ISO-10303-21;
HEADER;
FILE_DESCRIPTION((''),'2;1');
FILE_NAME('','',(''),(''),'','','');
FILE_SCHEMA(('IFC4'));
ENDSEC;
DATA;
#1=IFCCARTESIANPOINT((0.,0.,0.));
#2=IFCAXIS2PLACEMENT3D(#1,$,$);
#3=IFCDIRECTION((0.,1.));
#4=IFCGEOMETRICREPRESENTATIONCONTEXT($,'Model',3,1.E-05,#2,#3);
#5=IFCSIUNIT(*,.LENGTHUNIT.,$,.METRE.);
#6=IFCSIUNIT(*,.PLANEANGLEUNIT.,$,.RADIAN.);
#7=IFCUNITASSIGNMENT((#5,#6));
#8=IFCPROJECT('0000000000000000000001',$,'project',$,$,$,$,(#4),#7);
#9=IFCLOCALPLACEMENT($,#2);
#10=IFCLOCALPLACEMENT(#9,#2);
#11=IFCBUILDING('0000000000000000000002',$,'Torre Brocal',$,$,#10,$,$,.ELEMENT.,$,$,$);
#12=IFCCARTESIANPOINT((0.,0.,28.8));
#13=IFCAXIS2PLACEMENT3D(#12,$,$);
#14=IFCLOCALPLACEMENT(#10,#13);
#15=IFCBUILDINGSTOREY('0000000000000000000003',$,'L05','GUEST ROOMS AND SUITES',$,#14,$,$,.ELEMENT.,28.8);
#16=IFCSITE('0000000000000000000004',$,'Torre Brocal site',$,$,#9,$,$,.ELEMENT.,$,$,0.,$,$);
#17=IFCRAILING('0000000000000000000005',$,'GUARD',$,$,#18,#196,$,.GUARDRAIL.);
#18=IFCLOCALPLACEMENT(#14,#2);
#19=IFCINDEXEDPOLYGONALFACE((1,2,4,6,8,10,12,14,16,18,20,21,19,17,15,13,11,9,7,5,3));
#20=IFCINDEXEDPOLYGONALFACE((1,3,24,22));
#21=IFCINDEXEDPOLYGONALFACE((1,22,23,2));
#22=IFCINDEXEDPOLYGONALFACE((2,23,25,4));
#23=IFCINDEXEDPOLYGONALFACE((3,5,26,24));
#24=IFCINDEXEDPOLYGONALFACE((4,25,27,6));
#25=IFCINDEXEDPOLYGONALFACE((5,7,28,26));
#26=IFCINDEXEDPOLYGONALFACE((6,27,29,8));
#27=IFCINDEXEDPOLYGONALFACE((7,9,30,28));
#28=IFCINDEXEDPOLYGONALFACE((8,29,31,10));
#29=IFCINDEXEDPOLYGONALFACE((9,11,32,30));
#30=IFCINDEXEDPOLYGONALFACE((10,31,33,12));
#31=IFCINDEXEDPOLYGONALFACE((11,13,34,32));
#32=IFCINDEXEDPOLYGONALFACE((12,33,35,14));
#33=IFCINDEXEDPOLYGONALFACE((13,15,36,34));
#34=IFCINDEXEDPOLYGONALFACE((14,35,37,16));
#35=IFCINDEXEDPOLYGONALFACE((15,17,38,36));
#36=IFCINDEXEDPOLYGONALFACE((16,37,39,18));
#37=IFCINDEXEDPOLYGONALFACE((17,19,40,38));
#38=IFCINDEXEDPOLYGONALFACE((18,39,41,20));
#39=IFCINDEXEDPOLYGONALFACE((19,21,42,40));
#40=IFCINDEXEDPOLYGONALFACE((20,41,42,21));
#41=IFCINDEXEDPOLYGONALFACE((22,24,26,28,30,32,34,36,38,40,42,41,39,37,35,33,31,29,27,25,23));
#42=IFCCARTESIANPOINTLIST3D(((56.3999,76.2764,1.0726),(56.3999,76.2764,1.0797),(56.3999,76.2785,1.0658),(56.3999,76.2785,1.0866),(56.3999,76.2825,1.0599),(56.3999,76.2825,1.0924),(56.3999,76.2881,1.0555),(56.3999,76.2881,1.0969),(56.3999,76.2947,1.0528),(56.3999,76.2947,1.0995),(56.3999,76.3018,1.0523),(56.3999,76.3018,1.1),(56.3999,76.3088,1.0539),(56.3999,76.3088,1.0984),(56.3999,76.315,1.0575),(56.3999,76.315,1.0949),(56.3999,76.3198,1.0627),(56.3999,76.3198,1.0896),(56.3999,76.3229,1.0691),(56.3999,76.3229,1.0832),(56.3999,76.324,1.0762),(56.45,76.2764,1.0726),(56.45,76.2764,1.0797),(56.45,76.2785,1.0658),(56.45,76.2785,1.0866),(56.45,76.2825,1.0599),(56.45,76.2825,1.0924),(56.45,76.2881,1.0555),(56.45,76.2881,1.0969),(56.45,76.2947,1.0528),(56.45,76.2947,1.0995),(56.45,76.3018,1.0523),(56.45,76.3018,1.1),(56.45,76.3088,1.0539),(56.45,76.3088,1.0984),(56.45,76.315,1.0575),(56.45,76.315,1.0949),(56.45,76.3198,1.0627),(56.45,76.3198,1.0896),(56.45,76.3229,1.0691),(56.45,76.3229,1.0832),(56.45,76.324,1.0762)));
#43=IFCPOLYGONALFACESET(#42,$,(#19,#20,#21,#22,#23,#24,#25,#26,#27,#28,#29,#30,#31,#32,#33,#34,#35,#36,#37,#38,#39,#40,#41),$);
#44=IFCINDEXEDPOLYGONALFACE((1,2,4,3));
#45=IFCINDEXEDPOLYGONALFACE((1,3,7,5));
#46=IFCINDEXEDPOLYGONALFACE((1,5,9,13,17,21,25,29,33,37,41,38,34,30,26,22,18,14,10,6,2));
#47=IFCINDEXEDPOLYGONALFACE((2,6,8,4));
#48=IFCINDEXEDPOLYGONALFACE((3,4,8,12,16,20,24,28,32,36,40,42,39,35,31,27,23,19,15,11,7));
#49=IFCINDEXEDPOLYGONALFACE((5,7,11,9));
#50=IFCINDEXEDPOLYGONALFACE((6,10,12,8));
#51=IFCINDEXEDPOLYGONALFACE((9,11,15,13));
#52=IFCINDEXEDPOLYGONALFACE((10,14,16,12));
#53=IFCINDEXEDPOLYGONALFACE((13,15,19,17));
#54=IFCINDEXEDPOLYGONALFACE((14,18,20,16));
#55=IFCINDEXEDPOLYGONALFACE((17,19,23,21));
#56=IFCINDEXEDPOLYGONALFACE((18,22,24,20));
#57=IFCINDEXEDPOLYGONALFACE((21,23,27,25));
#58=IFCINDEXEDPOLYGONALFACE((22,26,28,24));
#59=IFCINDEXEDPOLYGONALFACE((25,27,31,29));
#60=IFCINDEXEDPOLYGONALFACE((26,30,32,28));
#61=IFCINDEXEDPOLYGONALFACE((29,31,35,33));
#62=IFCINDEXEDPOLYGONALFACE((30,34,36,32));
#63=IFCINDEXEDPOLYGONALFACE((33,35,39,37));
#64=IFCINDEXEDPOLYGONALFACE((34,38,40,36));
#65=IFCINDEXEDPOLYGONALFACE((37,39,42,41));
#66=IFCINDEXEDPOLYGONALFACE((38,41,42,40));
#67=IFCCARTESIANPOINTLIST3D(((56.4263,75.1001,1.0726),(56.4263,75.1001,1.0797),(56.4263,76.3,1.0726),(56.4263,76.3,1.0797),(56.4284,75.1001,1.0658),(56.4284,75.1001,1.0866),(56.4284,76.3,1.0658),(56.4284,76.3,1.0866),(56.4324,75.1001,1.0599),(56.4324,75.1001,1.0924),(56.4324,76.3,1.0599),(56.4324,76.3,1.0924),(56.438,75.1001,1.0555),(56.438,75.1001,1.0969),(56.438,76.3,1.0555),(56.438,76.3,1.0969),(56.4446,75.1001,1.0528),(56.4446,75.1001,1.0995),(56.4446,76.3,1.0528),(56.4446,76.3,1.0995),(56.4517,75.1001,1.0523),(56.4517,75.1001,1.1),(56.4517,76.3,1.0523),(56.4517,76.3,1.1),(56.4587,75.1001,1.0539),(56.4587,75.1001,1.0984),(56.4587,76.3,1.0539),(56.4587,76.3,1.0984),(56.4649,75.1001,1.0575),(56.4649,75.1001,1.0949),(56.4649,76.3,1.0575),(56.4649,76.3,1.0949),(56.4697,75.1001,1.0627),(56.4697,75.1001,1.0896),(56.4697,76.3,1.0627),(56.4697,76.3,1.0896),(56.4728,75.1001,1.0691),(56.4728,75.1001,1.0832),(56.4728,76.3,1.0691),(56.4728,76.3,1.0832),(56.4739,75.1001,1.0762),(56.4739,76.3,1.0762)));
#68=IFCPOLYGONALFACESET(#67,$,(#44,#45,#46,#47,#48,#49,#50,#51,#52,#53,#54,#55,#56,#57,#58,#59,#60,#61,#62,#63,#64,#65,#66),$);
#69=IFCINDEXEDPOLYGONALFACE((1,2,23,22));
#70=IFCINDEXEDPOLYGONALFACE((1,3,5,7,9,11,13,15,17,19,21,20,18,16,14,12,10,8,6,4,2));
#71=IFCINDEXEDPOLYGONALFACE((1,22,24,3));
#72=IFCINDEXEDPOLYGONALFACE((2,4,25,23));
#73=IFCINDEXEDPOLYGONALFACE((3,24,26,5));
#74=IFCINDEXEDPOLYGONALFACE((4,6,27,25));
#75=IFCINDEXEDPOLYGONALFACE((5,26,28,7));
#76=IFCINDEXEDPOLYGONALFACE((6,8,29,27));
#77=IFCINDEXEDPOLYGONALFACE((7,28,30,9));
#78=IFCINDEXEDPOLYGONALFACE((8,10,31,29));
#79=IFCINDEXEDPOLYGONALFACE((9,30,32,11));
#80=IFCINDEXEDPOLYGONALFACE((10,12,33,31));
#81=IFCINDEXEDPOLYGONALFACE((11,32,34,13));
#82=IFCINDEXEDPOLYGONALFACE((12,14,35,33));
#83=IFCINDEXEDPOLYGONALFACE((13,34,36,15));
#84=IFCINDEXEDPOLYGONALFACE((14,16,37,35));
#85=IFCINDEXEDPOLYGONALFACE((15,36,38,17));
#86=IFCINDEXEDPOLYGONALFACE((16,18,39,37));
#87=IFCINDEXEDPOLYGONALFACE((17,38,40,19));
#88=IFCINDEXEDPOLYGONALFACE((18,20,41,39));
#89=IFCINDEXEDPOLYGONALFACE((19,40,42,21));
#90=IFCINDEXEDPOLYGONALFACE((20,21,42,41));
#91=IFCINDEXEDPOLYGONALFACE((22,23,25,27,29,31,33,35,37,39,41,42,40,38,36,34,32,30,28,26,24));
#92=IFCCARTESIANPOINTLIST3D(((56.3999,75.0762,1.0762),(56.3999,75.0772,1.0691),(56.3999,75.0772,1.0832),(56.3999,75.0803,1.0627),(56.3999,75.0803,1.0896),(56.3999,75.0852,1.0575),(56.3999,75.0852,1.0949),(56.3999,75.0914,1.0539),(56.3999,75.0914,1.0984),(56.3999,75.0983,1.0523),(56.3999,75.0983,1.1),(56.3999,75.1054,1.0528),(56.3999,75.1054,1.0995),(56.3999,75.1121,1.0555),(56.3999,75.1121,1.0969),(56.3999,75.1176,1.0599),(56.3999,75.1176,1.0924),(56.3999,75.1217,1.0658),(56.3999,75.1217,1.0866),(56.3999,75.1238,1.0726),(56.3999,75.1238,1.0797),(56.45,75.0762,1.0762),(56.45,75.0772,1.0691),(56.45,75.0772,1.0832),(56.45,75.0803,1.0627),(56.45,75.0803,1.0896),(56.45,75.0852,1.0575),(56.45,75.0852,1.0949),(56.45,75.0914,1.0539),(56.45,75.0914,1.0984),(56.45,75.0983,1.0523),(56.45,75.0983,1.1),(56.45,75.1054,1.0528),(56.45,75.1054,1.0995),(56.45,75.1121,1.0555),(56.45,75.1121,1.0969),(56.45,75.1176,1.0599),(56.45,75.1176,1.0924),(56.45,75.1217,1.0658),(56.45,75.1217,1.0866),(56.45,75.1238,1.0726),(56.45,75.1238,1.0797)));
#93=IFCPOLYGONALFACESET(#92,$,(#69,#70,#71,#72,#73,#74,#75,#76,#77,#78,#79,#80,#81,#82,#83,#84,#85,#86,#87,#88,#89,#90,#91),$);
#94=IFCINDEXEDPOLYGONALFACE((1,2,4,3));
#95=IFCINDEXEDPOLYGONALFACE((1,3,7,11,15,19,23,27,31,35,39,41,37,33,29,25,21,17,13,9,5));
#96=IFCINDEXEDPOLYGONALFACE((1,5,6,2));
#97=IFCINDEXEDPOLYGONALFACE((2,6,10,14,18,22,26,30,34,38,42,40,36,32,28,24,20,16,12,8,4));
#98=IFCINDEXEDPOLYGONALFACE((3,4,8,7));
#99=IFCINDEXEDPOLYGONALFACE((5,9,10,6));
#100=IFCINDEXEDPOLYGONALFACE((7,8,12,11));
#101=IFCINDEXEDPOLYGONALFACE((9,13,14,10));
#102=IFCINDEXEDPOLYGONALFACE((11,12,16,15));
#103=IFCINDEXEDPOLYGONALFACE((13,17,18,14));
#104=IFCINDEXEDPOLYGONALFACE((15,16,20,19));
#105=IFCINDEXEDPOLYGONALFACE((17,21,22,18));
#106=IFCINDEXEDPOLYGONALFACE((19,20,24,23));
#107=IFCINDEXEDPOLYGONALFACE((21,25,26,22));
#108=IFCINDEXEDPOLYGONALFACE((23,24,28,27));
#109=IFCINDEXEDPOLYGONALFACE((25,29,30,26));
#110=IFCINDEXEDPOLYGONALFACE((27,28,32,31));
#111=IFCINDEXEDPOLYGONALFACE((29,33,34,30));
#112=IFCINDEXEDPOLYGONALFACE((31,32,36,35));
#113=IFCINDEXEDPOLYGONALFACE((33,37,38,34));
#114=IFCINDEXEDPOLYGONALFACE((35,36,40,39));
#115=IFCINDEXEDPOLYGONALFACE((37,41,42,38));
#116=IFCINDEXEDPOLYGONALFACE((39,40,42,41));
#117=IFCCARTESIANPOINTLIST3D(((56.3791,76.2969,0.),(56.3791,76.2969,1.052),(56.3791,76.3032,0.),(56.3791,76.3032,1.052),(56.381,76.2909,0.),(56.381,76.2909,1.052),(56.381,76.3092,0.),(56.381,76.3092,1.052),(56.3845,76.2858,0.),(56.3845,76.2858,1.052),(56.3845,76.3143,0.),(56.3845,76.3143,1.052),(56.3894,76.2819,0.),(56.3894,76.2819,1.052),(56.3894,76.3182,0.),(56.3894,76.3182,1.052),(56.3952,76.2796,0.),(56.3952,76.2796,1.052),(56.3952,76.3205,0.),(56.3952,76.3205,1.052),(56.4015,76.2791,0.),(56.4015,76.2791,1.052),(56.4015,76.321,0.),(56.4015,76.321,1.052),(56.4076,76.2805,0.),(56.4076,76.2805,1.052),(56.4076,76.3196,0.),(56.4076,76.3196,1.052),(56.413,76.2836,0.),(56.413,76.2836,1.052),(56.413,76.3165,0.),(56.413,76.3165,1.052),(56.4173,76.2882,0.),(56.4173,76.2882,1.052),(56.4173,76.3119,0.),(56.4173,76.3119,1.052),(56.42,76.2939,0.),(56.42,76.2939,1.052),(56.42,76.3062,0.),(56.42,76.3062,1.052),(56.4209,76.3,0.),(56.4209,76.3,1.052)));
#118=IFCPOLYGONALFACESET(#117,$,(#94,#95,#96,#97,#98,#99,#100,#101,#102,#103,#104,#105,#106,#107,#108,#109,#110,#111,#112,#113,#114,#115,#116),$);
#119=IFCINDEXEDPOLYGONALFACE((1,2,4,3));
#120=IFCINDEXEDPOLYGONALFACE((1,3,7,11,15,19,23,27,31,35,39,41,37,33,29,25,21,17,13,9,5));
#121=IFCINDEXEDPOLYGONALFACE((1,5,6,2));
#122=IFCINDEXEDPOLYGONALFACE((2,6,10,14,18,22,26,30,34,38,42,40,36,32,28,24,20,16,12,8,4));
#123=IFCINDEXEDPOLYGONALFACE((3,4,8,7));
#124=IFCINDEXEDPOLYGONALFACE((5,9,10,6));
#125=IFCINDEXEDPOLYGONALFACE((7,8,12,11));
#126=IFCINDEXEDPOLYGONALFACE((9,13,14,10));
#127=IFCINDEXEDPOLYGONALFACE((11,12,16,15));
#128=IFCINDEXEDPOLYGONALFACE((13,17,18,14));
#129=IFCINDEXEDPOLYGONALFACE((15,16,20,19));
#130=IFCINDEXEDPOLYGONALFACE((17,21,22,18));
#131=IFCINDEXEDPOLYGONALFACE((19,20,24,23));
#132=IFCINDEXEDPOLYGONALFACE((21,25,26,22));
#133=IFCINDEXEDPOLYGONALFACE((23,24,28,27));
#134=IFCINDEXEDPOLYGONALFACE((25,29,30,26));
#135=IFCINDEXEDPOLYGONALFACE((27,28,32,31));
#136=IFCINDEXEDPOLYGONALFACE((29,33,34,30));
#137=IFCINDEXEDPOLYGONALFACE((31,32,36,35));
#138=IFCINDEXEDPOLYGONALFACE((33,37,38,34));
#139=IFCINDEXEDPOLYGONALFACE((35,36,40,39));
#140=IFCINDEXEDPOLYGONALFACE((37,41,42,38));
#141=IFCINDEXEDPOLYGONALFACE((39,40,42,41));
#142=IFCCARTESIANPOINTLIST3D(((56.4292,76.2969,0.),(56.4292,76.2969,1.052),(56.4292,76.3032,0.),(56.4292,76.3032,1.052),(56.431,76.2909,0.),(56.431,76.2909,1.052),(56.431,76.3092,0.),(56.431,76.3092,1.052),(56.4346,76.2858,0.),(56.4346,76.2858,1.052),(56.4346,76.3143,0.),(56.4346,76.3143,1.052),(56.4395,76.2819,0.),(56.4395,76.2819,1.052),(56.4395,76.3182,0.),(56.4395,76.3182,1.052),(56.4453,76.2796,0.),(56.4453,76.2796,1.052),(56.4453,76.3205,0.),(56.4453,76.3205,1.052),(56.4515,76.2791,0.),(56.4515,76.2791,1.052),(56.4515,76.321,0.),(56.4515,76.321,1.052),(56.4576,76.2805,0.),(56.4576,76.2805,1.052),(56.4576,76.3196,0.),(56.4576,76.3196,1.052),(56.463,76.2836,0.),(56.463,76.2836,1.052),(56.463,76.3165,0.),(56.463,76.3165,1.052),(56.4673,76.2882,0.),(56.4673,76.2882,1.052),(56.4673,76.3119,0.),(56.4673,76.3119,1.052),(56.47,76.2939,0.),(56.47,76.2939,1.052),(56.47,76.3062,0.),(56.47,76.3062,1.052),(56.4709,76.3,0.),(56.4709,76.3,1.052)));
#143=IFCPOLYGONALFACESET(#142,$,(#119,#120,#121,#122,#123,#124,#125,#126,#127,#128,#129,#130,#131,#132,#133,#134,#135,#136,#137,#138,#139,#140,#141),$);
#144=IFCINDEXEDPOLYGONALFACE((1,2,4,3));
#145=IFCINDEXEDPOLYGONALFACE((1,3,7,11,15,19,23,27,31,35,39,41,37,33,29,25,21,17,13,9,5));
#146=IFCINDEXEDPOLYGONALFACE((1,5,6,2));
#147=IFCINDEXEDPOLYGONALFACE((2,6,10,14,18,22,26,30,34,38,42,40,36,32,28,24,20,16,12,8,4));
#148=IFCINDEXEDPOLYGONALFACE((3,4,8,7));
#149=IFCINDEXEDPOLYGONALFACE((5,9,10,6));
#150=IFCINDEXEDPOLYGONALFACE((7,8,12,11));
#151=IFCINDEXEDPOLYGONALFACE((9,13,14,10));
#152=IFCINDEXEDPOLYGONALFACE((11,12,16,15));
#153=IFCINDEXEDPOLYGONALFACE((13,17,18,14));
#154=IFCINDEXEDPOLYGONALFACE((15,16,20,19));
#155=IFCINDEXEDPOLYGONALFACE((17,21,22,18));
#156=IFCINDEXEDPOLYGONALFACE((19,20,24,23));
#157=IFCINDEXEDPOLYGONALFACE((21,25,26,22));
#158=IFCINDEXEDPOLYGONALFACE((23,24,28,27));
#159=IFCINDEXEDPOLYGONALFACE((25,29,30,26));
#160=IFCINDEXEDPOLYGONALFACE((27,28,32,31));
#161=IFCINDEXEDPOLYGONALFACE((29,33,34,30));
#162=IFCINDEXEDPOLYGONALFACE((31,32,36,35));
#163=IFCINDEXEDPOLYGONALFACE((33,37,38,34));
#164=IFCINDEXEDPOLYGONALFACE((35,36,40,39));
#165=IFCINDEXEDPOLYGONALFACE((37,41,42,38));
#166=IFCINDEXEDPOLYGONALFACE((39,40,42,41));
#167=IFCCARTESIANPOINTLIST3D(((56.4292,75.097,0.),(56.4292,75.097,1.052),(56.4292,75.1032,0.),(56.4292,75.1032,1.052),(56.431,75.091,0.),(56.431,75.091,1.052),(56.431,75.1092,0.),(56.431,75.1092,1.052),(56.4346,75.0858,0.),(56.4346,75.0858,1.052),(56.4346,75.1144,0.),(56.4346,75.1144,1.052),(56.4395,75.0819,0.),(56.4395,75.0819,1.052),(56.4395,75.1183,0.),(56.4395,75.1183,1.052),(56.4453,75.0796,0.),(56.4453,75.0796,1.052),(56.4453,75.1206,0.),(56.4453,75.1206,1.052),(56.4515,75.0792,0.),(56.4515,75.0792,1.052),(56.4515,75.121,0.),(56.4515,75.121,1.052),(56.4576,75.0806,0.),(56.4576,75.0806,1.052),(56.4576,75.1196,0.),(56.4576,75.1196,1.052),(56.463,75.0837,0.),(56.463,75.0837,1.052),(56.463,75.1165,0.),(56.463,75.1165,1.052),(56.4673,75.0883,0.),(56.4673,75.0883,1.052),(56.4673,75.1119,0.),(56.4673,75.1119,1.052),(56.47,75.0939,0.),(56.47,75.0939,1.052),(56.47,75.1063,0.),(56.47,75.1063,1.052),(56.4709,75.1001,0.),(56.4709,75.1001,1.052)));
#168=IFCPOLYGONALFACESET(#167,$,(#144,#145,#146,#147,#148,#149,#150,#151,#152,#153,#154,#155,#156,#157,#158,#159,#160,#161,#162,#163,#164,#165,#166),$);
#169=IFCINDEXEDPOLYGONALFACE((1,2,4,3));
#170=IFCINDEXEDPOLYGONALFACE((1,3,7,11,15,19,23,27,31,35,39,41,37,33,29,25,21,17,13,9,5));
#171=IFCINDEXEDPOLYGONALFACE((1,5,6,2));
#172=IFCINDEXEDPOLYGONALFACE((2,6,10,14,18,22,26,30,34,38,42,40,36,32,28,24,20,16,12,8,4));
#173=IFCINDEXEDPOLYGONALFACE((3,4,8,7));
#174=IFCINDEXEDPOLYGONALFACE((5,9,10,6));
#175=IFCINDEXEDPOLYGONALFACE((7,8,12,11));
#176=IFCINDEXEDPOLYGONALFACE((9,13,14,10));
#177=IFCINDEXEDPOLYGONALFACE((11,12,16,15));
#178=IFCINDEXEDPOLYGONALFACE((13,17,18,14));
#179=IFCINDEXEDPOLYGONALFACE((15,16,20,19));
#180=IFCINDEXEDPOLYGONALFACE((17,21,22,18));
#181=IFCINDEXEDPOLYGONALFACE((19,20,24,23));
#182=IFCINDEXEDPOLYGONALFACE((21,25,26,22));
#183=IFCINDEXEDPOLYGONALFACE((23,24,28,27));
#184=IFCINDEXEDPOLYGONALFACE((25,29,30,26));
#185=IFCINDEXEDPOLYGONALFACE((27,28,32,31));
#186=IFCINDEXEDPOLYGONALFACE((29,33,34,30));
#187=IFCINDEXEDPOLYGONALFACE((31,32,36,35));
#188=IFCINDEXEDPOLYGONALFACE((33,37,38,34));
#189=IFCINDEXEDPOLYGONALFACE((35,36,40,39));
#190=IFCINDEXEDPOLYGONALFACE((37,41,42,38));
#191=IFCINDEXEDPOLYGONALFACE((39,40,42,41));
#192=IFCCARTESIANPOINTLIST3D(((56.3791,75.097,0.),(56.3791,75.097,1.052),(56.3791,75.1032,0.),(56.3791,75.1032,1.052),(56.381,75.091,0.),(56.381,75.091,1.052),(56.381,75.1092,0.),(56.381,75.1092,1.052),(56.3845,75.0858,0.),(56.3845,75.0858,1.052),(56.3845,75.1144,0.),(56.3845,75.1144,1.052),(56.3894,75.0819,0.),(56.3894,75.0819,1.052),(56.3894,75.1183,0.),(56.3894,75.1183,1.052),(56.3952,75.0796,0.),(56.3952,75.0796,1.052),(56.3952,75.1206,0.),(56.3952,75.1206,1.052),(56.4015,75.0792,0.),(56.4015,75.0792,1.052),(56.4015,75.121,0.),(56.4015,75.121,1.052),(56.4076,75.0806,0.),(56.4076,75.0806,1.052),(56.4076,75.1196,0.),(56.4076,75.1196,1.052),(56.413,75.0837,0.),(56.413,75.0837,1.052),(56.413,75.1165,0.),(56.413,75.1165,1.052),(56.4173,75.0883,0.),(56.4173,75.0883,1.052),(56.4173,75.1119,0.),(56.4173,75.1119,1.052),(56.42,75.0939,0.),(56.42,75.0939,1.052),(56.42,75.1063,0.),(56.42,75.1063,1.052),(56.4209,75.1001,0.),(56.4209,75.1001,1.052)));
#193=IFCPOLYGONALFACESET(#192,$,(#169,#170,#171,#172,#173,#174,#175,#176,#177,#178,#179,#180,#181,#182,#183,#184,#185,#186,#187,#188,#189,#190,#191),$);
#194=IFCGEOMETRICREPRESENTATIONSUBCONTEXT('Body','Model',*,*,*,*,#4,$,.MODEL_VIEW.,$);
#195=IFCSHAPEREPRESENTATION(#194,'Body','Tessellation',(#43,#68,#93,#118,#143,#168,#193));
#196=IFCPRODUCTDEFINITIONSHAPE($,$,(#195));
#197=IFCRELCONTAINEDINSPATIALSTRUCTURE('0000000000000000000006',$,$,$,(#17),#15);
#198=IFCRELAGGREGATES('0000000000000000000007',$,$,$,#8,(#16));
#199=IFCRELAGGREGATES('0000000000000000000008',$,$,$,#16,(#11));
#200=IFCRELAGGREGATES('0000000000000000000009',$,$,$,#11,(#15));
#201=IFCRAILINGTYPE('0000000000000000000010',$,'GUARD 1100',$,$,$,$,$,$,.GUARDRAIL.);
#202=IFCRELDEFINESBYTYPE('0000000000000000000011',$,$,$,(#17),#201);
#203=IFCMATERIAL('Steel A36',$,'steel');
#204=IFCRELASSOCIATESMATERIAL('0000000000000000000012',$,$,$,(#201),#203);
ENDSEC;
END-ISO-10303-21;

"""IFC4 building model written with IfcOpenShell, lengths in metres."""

from ifc_helpers import new_model, si_unit, direction, frame, origin, origin_2d, place, context, subcontext, project, spatial, circle, extrude, material, type_object, element, save


model = new_model("IFC4")

# Units and contexts
model_context = context("Model", 3, precision=1e-05, world=origin(), true_north=direction((0.0, 1.0)))
body_context = subcontext(model_context, "Body", "Model", "MODEL_VIEW")
ifc_project = project(units=[si_unit("LENGTHUNIT", "METRE"), si_unit("PLANEANGLEUNIT", "RADIAN")], contexts=[model_context])

# Site, building, storey
site_placement = place(None, origin())
site = spatial("IfcSite", under=ifc_project, at=site_placement, Name="Torre Brocal site", CompositionType="ELEMENT", RefElevation=0.0)
building_placement = place(site_placement, origin())
building = spatial("IfcBuilding", under=site, at=building_placement, Name="Torre Brocal", CompositionType="ELEMENT")
storey_placement = place(building_placement, frame((0.0, 0.0, 28.8)))
storey = spatial("IfcBuildingStorey", under=building, at=storey_placement, Name="L05", Description="GUEST ROOMS AND SUITES", CompositionType="ELEMENT", Elevation=28.8)

# Railing
ifc_material_1 = material(Name="Steel A36", Category="steel")
railing_type = type_object("IfcRailingType", Name="GUARD 1100", PredefinedType="GUARDRAIL", material=ifc_material_1)
for number, where, name in (
    (1, (56.3999, 76.3, 0.0), "GUARD"),
):
    element("IfcRailing", number, at=place(storey_placement, frame(where)), inside=storey, type_object=railing_type, Name=name, PredefinedType="GUARDRAIL", context=body_context, shape_type="SweptSolid", body=[
        extrude(circle(Radius=0.0239, at=origin_2d()), frame((0.0, 0.0, 1.0762), z_axis=(1.0, 0.0, 0.0), x_axis=(0.0, 1.0, 0.0)), (0.0, 0.0, 1.0), 0.05),
        extrude(circle(Radius=0.0239, at=origin_2d()), frame((0.05, 0.0, 1.0762), z_axis=(0.0, -1.0, 0.0), x_axis=(1.0, 0.0, 0.0)), (0.0, 0.0, 1.0), 1.2),
        extrude(circle(Radius=0.0239, at=origin_2d()), frame((0.05, -1.2, 1.0762), z_axis=(-1.0, 0.0, 0.0), x_axis=(0.0, -1.0, 0.0)), (0.0, 0.0, 1.0), 0.05),
        extrude(circle(Radius=0.021, at=origin_2d()), origin(), (0.0, 0.0, 1.0), 1.052),
        extrude(circle(Radius=0.021, at=origin_2d()), frame((0.05, 0.0, 0.0)), (0.0, 0.0, 1.0), 1.052),
        extrude(circle(Radius=0.021, at=origin_2d()), frame((0.05, -1.2, 0.0)), (0.0, 0.0, 1.0), 1.052),
        extrude(circle(Radius=0.021, at=origin_2d()), frame((0.0, -1.2, 0.0)), (0.0, 0.0, 1.0), 1.052),
    ])

save(model, "model.ifc")
